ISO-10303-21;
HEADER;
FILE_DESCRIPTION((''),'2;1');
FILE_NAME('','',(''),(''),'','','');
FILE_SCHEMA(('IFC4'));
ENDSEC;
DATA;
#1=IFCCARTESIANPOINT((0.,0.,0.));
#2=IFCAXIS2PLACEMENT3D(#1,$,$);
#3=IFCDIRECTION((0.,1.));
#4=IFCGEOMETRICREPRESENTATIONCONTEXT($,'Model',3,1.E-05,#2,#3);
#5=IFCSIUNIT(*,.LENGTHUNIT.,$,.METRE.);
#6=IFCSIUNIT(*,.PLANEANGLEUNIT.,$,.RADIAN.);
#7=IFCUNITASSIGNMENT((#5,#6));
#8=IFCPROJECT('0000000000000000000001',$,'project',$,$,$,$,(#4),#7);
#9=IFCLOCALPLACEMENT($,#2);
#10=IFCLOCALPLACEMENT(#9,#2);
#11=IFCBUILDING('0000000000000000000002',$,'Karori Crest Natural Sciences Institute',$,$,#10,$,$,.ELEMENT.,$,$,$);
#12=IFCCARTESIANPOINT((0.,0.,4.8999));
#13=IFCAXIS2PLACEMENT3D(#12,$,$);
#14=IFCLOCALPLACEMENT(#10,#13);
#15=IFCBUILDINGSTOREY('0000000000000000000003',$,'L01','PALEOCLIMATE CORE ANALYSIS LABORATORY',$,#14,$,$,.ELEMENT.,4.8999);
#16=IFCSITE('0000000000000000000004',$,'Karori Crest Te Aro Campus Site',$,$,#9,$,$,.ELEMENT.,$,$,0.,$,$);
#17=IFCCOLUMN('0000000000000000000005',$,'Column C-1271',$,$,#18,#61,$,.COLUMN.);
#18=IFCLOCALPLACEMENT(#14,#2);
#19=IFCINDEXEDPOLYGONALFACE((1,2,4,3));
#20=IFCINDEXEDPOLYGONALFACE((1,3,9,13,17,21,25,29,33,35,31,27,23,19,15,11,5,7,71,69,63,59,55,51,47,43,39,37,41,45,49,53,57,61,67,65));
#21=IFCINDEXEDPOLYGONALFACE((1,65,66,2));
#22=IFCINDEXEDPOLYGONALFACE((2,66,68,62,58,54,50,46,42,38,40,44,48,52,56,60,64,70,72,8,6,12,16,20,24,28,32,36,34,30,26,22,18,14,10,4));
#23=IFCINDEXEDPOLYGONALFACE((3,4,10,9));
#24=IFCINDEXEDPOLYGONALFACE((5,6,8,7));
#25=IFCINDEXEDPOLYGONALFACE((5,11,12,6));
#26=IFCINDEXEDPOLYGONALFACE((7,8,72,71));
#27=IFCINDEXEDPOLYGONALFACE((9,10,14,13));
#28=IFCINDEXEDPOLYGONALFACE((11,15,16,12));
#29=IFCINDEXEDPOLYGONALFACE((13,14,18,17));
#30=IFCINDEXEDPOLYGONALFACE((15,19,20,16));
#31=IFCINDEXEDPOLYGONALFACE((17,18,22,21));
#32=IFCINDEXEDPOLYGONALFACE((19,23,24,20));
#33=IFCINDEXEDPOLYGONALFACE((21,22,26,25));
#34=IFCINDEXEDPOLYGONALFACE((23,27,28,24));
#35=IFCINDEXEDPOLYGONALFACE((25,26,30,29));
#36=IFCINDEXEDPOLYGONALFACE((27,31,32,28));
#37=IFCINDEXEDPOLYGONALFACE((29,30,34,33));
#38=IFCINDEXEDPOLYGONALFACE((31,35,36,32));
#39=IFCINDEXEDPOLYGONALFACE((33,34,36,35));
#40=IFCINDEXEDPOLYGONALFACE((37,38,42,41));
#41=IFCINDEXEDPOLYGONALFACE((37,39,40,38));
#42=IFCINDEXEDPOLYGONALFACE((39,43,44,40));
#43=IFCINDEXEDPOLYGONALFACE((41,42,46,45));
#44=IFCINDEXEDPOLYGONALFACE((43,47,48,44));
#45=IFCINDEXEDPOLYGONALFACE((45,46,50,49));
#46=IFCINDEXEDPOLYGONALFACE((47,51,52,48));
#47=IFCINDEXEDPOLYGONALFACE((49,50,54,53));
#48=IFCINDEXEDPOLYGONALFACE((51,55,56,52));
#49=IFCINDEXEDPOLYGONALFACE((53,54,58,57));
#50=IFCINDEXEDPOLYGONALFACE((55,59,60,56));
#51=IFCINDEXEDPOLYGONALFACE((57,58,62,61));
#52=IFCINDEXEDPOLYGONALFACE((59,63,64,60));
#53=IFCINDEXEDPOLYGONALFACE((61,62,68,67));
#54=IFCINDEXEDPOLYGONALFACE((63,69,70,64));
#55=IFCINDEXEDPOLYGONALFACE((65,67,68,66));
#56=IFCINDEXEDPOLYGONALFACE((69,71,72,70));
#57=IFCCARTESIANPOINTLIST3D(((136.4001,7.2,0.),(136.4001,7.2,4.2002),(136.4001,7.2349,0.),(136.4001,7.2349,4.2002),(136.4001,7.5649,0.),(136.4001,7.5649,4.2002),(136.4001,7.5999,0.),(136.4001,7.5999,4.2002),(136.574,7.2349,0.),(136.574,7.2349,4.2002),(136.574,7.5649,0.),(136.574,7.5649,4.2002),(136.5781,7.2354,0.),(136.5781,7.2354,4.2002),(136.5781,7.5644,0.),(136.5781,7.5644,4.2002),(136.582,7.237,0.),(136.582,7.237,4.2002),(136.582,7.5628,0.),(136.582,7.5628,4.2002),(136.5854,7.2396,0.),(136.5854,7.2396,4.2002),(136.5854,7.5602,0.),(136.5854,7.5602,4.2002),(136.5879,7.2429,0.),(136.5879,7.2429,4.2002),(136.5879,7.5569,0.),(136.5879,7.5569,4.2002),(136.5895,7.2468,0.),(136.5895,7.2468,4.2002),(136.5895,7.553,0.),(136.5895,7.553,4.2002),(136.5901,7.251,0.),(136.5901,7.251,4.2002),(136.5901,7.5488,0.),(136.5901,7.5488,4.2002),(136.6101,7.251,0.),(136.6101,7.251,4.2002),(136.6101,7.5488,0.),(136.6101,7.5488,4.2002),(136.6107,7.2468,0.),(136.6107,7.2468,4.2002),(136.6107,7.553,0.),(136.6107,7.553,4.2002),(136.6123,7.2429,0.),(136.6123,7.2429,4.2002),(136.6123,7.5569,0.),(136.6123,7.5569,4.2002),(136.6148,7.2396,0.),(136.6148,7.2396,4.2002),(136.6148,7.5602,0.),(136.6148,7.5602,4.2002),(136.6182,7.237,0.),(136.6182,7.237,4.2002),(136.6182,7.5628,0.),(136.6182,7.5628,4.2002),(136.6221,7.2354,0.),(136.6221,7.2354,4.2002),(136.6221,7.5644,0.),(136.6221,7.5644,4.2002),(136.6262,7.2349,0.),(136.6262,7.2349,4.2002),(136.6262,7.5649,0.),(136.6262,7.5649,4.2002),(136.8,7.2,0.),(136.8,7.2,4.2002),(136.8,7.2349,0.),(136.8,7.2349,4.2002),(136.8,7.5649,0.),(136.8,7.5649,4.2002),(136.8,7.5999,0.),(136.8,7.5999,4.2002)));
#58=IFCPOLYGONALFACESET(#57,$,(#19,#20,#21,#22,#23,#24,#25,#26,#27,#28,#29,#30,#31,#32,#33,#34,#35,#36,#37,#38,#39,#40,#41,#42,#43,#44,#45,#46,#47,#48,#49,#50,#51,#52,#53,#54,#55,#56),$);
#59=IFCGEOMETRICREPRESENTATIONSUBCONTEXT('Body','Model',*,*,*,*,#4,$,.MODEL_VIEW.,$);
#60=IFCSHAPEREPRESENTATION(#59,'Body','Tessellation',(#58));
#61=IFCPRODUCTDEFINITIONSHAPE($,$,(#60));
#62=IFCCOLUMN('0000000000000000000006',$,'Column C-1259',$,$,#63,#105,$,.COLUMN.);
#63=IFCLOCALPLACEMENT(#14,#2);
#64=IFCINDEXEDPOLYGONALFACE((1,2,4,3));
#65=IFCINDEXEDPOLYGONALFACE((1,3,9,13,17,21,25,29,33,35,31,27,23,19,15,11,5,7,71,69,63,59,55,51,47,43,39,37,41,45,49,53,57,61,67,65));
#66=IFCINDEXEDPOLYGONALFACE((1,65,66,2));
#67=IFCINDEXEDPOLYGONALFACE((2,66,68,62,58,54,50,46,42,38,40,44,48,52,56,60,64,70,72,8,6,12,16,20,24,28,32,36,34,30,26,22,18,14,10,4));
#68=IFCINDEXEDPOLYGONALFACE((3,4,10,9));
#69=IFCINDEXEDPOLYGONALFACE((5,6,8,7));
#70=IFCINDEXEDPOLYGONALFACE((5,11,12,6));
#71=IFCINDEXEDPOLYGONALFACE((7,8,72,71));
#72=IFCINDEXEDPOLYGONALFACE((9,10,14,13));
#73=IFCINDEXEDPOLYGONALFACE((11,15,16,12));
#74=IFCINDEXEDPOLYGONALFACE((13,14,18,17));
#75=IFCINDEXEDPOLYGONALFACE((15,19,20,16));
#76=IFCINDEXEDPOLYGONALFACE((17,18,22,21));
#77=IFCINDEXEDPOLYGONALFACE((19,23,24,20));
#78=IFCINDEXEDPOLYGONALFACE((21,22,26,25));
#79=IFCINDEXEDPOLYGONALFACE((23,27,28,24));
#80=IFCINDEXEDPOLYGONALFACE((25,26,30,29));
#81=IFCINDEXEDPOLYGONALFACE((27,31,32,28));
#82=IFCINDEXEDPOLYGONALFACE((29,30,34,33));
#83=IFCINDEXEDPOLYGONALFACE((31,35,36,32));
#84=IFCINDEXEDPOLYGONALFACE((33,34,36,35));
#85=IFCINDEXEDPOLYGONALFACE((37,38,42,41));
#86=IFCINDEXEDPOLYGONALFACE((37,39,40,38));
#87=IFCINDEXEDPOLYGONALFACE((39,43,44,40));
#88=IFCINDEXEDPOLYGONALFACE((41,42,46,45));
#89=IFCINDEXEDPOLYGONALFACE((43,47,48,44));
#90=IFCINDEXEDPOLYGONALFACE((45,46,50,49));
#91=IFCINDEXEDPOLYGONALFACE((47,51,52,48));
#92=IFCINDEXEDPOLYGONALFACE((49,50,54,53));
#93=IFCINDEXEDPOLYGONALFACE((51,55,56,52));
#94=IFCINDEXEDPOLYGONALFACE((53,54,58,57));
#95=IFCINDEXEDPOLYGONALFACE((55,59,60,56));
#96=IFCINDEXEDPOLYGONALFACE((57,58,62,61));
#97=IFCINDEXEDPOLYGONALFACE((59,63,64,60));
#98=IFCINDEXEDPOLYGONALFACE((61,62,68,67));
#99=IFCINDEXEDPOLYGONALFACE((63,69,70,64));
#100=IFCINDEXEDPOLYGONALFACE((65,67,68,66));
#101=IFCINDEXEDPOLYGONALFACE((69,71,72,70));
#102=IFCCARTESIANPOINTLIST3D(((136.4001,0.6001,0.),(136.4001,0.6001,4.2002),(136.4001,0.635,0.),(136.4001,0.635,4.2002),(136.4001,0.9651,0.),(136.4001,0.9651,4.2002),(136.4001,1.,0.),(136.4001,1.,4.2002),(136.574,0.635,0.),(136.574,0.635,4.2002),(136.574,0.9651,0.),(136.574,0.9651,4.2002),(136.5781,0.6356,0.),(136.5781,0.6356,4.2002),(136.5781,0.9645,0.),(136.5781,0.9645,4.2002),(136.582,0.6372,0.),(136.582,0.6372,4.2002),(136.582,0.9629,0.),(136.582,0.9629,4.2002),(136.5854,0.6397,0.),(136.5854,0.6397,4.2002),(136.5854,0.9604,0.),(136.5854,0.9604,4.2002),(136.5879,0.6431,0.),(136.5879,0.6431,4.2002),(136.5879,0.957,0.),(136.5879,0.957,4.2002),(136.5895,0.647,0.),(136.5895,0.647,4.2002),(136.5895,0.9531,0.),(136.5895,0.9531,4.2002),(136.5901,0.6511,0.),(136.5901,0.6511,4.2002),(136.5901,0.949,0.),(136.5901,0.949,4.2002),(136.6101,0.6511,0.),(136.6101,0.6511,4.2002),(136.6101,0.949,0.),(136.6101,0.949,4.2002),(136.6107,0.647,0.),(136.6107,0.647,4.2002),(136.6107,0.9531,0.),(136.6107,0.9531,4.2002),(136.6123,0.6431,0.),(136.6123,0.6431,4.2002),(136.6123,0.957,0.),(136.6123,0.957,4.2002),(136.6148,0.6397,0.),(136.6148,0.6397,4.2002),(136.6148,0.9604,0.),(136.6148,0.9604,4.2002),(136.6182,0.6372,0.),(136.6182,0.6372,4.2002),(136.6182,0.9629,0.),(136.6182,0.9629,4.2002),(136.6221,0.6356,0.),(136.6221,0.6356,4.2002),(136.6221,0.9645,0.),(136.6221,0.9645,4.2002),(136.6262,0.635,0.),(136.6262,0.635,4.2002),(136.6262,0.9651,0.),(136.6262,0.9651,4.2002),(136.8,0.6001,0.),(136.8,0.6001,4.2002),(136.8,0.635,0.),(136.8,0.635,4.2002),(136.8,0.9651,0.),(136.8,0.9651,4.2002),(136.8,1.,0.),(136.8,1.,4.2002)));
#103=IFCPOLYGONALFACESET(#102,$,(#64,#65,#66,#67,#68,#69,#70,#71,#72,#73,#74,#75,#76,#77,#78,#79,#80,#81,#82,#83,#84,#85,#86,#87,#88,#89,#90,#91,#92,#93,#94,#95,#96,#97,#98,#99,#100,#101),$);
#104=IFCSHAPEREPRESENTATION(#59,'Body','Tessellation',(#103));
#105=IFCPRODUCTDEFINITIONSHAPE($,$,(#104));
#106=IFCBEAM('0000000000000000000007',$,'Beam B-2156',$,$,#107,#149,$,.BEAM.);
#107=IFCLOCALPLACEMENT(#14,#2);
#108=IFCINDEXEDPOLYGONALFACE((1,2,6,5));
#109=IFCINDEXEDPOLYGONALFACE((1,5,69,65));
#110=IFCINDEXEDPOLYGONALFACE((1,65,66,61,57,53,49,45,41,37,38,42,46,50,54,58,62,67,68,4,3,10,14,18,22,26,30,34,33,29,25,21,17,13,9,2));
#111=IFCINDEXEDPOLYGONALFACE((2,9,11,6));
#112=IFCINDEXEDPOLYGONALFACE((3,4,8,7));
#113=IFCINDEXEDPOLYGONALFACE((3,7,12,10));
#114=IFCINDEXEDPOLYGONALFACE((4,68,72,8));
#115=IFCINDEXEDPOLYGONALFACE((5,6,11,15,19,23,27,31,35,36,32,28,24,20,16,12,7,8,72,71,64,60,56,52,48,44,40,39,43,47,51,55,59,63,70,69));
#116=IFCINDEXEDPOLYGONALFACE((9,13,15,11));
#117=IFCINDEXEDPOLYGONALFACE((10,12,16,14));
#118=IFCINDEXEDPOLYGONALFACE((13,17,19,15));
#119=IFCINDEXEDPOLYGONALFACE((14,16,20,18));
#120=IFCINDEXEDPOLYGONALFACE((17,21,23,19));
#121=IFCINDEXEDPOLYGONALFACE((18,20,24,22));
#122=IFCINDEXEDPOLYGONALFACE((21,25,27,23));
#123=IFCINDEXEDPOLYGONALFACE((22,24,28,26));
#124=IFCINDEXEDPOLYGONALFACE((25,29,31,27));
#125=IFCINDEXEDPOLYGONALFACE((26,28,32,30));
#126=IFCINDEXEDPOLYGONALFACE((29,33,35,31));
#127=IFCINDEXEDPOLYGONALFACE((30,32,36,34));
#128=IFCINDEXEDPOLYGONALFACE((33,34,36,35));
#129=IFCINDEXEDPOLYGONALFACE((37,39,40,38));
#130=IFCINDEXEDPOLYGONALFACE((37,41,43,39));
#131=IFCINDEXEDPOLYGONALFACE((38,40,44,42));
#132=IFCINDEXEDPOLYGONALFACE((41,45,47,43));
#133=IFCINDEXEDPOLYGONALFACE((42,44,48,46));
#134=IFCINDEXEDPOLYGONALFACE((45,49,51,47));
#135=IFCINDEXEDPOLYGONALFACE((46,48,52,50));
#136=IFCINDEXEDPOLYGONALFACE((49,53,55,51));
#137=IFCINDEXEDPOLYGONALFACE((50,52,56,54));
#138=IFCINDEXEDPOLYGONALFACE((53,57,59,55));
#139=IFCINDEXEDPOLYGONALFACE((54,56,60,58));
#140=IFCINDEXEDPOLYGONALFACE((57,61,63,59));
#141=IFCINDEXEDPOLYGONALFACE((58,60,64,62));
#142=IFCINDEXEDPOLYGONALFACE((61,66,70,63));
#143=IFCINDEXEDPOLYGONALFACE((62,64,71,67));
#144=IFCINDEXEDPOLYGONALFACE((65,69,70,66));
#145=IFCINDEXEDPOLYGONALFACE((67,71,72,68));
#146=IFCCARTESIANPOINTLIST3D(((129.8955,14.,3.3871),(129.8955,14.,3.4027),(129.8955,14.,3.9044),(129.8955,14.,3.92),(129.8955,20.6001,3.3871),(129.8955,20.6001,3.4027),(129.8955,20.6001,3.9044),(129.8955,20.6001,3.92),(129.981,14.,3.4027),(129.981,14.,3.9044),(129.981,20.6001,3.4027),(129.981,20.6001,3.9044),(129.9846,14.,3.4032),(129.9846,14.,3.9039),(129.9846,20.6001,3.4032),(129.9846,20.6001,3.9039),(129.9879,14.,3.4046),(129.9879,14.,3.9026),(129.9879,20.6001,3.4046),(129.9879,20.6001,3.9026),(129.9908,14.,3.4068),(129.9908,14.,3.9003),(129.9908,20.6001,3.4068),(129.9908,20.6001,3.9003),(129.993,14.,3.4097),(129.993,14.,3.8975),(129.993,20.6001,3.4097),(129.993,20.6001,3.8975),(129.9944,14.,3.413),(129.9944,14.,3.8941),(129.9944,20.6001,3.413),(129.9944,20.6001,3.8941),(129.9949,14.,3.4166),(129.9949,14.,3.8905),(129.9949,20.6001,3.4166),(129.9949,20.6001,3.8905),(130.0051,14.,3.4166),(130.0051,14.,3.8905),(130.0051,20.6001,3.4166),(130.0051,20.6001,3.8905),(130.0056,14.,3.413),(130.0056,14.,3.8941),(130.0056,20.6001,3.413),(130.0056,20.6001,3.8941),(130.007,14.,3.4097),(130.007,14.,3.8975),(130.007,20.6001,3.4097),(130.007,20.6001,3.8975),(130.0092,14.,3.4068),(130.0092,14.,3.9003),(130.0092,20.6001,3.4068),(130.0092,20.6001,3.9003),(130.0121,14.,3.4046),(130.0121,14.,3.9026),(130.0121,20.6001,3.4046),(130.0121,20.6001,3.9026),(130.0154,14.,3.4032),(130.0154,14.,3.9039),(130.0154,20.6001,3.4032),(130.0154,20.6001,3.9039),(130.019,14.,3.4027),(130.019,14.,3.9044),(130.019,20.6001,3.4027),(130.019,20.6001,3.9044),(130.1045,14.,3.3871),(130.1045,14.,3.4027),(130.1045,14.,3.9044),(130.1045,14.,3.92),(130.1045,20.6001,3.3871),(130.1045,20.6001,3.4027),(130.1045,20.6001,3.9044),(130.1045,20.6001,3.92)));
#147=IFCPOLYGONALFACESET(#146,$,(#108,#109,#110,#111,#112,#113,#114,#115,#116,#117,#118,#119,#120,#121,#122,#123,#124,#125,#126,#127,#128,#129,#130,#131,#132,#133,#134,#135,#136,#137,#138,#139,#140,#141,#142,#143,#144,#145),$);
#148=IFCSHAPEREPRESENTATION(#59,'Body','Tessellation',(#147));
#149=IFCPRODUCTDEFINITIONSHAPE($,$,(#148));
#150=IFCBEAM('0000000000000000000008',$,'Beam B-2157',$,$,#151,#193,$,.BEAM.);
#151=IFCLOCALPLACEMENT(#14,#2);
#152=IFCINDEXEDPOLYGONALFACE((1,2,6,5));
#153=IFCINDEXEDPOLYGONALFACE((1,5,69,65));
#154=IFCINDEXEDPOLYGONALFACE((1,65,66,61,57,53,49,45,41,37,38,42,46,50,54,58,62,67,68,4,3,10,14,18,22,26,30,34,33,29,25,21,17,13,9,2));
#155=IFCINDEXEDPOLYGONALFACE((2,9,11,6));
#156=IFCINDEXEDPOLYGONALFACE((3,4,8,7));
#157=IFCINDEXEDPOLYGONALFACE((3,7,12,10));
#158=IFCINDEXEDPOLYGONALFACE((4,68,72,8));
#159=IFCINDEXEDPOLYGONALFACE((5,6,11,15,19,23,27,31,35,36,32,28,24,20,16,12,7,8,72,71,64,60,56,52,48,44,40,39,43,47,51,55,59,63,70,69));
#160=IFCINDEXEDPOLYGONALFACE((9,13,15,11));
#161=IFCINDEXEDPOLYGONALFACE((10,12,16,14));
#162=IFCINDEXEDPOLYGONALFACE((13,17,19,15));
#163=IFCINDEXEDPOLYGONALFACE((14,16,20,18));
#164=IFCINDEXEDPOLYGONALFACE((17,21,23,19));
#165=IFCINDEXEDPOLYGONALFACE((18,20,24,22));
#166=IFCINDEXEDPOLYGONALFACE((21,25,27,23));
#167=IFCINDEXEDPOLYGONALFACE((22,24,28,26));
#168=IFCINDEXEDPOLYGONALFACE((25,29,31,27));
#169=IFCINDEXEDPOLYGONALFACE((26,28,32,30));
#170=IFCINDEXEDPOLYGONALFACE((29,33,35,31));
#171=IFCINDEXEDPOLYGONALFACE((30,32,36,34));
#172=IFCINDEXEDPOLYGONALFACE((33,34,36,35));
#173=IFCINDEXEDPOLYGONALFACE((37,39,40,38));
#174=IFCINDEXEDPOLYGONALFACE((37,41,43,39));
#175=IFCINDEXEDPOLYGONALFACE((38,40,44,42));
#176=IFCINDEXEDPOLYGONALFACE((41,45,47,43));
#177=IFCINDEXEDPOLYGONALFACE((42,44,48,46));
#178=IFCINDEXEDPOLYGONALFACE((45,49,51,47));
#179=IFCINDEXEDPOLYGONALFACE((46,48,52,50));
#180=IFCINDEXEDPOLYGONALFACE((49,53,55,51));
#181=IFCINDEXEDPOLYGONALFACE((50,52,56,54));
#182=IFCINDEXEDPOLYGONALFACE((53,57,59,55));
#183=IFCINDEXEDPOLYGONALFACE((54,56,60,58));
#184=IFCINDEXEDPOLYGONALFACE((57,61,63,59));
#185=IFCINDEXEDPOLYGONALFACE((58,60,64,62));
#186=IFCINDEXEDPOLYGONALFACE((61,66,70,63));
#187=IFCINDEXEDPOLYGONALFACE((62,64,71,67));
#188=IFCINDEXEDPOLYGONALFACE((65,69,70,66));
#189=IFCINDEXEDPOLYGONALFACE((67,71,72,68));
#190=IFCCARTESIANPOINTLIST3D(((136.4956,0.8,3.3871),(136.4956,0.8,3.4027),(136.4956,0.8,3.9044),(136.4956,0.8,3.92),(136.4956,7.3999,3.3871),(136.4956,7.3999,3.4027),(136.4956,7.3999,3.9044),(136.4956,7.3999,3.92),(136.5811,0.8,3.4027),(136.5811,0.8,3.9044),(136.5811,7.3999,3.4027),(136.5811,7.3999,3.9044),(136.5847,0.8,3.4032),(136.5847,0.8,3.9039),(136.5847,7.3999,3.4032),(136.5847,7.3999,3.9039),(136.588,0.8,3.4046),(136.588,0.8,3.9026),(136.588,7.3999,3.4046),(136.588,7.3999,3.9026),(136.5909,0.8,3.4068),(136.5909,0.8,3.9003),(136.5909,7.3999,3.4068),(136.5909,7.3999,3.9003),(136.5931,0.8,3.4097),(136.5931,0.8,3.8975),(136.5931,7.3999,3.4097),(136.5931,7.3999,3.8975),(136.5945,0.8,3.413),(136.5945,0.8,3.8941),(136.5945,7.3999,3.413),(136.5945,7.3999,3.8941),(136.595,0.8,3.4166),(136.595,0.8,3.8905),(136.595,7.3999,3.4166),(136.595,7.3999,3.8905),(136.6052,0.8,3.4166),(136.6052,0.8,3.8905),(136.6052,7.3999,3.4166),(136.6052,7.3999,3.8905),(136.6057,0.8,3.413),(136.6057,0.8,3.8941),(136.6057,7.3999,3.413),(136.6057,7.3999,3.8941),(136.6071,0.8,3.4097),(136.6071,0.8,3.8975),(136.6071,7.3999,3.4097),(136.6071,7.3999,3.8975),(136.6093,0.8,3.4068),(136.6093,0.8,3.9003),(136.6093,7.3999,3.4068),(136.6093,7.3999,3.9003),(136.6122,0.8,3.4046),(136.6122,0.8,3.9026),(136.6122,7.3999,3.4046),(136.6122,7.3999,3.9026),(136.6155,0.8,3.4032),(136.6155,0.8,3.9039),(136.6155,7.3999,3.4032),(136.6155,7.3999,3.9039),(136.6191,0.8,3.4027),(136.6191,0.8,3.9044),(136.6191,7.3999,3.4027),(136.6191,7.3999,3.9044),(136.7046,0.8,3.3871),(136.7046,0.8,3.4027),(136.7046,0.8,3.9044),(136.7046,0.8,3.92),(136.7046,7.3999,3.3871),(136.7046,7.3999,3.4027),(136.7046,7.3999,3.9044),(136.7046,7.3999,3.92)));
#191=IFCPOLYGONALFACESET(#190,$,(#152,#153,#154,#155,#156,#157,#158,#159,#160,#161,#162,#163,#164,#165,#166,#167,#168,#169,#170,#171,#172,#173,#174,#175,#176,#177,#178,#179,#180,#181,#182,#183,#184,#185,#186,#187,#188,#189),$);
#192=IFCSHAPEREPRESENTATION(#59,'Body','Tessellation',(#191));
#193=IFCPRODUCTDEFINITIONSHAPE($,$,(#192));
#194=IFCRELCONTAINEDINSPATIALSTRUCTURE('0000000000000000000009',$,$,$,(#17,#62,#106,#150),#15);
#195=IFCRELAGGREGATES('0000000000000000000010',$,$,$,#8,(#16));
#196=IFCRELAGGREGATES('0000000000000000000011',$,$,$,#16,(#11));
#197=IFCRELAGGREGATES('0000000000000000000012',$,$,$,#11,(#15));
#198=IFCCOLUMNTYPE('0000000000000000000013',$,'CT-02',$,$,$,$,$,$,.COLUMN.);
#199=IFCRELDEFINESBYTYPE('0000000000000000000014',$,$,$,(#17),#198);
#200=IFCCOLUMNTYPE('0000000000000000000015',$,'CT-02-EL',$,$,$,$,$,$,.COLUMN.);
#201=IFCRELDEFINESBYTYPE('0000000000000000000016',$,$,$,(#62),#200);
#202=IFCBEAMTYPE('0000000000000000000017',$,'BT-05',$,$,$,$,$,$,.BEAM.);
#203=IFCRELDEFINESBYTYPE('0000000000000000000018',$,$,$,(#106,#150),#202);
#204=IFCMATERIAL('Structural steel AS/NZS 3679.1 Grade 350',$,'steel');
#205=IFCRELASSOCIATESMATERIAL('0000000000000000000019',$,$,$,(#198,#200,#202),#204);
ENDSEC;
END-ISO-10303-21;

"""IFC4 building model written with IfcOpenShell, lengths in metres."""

from ifc_helpers import new_model, si_unit, direction, frame, origin, origin_2d, place, context, subcontext, project, spatial, i_section, extrude, material, material_profile, profile_set, type_object, element, save


model = new_model("IFC4")

# Units and contexts
model_context = context("Model", 3, precision=1e-05, world=origin(), true_north=direction((0.0, 1.0)))
body_context = subcontext(model_context, "Body", "Model", "MODEL_VIEW")
ifc_project = project(units=[si_unit("LENGTHUNIT", "METRE"), si_unit("PLANEANGLEUNIT", "RADIAN")], contexts=[model_context])

# Site, building, storey
site_placement = place(None, origin())
site = spatial("IfcSite", under=ifc_project, at=site_placement, Name="Karori Crest Te Aro Campus Site", CompositionType="ELEMENT", RefElevation=0.0)
building_placement = place(site_placement, origin())
building = spatial("IfcBuilding", under=site, at=building_placement, Name="Karori Crest Natural Sciences Institute", CompositionType="ELEMENT")
storey_placement = place(building_placement, frame((0.0, 0.0, 4.8999)))
storey = spatial("IfcBuildingStorey", under=building, at=storey_placement, Name="L01", Description="PALEOCLIMATE CORE ANALYSIS LABORATORY", CompositionType="ELEMENT", Elevation=4.8999)

# Columns
ifc_material_1 = material(Name="Structural steel AS/NZS 3679.1 Grade 350", Category="steel")
ifc_material_profile_1 = material_profile(ifc_material_1, i_section(OverallWidth=0.3999, OverallDepth=0.3999, WebThickness=0.02, FlangeThickness=0.0349, FilletRadius=0.0161, at=origin_2d()), Name="400WC328")
ifc_profile_set_1 = profile_set([ifc_material_profile_1], Name="Structural steel AS/NZS 3679.1 Grade 350")
column_type_1 = type_object("IfcColumnType", Name="CT-02", PredefinedType="COLUMN", material=ifc_profile_set_1)
column_1_placement = place(storey_placement, frame((136.6001, 7.3999, 0.0), z_axis=(0.0, 0.0, 1.0), x_axis=(1.0, 0.0, 0.0)))
element("IfcColumn", 1, at=column_1_placement, inside=storey, type_object=column_type_1, Name="Column C-1271", PredefinedType="COLUMN", context=body_context, shape_type="SweptSolid", body=[
    extrude(i_section(OverallWidth=0.3999, OverallDepth=0.3999, WebThickness=0.02, FlangeThickness=0.0349, FilletRadius=0.0161, at=origin_2d()), origin(), (0.0, 0.0, 1.0), 4.2002),
])
ifc_material_profile_2 = material_profile(ifc_material_1, i_section(OverallWidth=0.3999, OverallDepth=0.3999, WebThickness=0.02, FlangeThickness=0.0349, FilletRadius=0.0161, at=origin_2d()), Name="400WC328")
ifc_profile_set_2 = profile_set([ifc_material_profile_2], Name="Structural steel AS/NZS 3679.1 Grade 350")
column_type_2 = type_object("IfcColumnType", Name="CT-02-EL", PredefinedType="COLUMN", material=ifc_profile_set_2)
column_2_placement = place(storey_placement, frame((136.6001, 0.8, 0.0), z_axis=(0.0, 0.0, 1.0), x_axis=(1.0, 0.0, 0.0)))
element("IfcColumn", 2, at=column_2_placement, inside=storey, type_object=column_type_2, Name="Column C-1259", PredefinedType="COLUMN", context=body_context, shape_type="SweptSolid", body=[
    extrude(i_section(OverallWidth=0.3999, OverallDepth=0.3999, WebThickness=0.02, FlangeThickness=0.0349, FilletRadius=0.0161, at=origin_2d()), origin(), (0.0, 0.0, 1.0), 4.2002),
])

# Beams
ifc_material_profile_3 = material_profile(ifc_material_1, i_section(OverallWidth=0.209, OverallDepth=0.533, WebThickness=0.0103, FlangeThickness=0.0156, FilletRadius=0.0139, at=origin_2d()), Name="530UB92.4")
ifc_profile_set_3 = profile_set([ifc_material_profile_3], Name="Structural steel AS/NZS 3679.1 Grade 350")
beam_type_1 = type_object("IfcBeamType", Name="BT-05", PredefinedType="BEAM", material=ifc_profile_set_3)
beam_1_placement = place(storey_placement, frame((130.0, 14.0, 3.6536), z_axis=(0.0, 1.0, 0.0), x_axis=(-1.0, 0.0, 0.0)))
element("IfcBeam", 3, at=beam_1_placement, inside=storey, type_object=beam_type_1, Name="Beam B-2156", PredefinedType="BEAM", context=body_context, shape_type="SweptSolid", body=[
    extrude(i_section(OverallWidth=0.209, OverallDepth=0.533, WebThickness=0.0103, FlangeThickness=0.0156, FilletRadius=0.0139, at=origin_2d()), origin(), (0.0, 0.0, 1.0), 6.6001),
])
beam_2_placement = place(storey_placement, frame((136.6001, 0.8, 3.6536), z_axis=(0.0, 1.0, 0.0), x_axis=(-1.0, 0.0, 0.0)))
element("IfcBeam", 4, at=beam_2_placement, inside=storey, type_object=beam_type_1, Name="Beam B-2157", PredefinedType="BEAM", context=body_context, shape_type="SweptSolid", body=[
    extrude(i_section(OverallWidth=0.209, OverallDepth=0.533, WebThickness=0.0103, FlangeThickness=0.0156, FilletRadius=0.0139, at=origin_2d()), origin(), (0.0, 0.0, 1.0), 6.5999),
])

save(model, "model.ifc")
